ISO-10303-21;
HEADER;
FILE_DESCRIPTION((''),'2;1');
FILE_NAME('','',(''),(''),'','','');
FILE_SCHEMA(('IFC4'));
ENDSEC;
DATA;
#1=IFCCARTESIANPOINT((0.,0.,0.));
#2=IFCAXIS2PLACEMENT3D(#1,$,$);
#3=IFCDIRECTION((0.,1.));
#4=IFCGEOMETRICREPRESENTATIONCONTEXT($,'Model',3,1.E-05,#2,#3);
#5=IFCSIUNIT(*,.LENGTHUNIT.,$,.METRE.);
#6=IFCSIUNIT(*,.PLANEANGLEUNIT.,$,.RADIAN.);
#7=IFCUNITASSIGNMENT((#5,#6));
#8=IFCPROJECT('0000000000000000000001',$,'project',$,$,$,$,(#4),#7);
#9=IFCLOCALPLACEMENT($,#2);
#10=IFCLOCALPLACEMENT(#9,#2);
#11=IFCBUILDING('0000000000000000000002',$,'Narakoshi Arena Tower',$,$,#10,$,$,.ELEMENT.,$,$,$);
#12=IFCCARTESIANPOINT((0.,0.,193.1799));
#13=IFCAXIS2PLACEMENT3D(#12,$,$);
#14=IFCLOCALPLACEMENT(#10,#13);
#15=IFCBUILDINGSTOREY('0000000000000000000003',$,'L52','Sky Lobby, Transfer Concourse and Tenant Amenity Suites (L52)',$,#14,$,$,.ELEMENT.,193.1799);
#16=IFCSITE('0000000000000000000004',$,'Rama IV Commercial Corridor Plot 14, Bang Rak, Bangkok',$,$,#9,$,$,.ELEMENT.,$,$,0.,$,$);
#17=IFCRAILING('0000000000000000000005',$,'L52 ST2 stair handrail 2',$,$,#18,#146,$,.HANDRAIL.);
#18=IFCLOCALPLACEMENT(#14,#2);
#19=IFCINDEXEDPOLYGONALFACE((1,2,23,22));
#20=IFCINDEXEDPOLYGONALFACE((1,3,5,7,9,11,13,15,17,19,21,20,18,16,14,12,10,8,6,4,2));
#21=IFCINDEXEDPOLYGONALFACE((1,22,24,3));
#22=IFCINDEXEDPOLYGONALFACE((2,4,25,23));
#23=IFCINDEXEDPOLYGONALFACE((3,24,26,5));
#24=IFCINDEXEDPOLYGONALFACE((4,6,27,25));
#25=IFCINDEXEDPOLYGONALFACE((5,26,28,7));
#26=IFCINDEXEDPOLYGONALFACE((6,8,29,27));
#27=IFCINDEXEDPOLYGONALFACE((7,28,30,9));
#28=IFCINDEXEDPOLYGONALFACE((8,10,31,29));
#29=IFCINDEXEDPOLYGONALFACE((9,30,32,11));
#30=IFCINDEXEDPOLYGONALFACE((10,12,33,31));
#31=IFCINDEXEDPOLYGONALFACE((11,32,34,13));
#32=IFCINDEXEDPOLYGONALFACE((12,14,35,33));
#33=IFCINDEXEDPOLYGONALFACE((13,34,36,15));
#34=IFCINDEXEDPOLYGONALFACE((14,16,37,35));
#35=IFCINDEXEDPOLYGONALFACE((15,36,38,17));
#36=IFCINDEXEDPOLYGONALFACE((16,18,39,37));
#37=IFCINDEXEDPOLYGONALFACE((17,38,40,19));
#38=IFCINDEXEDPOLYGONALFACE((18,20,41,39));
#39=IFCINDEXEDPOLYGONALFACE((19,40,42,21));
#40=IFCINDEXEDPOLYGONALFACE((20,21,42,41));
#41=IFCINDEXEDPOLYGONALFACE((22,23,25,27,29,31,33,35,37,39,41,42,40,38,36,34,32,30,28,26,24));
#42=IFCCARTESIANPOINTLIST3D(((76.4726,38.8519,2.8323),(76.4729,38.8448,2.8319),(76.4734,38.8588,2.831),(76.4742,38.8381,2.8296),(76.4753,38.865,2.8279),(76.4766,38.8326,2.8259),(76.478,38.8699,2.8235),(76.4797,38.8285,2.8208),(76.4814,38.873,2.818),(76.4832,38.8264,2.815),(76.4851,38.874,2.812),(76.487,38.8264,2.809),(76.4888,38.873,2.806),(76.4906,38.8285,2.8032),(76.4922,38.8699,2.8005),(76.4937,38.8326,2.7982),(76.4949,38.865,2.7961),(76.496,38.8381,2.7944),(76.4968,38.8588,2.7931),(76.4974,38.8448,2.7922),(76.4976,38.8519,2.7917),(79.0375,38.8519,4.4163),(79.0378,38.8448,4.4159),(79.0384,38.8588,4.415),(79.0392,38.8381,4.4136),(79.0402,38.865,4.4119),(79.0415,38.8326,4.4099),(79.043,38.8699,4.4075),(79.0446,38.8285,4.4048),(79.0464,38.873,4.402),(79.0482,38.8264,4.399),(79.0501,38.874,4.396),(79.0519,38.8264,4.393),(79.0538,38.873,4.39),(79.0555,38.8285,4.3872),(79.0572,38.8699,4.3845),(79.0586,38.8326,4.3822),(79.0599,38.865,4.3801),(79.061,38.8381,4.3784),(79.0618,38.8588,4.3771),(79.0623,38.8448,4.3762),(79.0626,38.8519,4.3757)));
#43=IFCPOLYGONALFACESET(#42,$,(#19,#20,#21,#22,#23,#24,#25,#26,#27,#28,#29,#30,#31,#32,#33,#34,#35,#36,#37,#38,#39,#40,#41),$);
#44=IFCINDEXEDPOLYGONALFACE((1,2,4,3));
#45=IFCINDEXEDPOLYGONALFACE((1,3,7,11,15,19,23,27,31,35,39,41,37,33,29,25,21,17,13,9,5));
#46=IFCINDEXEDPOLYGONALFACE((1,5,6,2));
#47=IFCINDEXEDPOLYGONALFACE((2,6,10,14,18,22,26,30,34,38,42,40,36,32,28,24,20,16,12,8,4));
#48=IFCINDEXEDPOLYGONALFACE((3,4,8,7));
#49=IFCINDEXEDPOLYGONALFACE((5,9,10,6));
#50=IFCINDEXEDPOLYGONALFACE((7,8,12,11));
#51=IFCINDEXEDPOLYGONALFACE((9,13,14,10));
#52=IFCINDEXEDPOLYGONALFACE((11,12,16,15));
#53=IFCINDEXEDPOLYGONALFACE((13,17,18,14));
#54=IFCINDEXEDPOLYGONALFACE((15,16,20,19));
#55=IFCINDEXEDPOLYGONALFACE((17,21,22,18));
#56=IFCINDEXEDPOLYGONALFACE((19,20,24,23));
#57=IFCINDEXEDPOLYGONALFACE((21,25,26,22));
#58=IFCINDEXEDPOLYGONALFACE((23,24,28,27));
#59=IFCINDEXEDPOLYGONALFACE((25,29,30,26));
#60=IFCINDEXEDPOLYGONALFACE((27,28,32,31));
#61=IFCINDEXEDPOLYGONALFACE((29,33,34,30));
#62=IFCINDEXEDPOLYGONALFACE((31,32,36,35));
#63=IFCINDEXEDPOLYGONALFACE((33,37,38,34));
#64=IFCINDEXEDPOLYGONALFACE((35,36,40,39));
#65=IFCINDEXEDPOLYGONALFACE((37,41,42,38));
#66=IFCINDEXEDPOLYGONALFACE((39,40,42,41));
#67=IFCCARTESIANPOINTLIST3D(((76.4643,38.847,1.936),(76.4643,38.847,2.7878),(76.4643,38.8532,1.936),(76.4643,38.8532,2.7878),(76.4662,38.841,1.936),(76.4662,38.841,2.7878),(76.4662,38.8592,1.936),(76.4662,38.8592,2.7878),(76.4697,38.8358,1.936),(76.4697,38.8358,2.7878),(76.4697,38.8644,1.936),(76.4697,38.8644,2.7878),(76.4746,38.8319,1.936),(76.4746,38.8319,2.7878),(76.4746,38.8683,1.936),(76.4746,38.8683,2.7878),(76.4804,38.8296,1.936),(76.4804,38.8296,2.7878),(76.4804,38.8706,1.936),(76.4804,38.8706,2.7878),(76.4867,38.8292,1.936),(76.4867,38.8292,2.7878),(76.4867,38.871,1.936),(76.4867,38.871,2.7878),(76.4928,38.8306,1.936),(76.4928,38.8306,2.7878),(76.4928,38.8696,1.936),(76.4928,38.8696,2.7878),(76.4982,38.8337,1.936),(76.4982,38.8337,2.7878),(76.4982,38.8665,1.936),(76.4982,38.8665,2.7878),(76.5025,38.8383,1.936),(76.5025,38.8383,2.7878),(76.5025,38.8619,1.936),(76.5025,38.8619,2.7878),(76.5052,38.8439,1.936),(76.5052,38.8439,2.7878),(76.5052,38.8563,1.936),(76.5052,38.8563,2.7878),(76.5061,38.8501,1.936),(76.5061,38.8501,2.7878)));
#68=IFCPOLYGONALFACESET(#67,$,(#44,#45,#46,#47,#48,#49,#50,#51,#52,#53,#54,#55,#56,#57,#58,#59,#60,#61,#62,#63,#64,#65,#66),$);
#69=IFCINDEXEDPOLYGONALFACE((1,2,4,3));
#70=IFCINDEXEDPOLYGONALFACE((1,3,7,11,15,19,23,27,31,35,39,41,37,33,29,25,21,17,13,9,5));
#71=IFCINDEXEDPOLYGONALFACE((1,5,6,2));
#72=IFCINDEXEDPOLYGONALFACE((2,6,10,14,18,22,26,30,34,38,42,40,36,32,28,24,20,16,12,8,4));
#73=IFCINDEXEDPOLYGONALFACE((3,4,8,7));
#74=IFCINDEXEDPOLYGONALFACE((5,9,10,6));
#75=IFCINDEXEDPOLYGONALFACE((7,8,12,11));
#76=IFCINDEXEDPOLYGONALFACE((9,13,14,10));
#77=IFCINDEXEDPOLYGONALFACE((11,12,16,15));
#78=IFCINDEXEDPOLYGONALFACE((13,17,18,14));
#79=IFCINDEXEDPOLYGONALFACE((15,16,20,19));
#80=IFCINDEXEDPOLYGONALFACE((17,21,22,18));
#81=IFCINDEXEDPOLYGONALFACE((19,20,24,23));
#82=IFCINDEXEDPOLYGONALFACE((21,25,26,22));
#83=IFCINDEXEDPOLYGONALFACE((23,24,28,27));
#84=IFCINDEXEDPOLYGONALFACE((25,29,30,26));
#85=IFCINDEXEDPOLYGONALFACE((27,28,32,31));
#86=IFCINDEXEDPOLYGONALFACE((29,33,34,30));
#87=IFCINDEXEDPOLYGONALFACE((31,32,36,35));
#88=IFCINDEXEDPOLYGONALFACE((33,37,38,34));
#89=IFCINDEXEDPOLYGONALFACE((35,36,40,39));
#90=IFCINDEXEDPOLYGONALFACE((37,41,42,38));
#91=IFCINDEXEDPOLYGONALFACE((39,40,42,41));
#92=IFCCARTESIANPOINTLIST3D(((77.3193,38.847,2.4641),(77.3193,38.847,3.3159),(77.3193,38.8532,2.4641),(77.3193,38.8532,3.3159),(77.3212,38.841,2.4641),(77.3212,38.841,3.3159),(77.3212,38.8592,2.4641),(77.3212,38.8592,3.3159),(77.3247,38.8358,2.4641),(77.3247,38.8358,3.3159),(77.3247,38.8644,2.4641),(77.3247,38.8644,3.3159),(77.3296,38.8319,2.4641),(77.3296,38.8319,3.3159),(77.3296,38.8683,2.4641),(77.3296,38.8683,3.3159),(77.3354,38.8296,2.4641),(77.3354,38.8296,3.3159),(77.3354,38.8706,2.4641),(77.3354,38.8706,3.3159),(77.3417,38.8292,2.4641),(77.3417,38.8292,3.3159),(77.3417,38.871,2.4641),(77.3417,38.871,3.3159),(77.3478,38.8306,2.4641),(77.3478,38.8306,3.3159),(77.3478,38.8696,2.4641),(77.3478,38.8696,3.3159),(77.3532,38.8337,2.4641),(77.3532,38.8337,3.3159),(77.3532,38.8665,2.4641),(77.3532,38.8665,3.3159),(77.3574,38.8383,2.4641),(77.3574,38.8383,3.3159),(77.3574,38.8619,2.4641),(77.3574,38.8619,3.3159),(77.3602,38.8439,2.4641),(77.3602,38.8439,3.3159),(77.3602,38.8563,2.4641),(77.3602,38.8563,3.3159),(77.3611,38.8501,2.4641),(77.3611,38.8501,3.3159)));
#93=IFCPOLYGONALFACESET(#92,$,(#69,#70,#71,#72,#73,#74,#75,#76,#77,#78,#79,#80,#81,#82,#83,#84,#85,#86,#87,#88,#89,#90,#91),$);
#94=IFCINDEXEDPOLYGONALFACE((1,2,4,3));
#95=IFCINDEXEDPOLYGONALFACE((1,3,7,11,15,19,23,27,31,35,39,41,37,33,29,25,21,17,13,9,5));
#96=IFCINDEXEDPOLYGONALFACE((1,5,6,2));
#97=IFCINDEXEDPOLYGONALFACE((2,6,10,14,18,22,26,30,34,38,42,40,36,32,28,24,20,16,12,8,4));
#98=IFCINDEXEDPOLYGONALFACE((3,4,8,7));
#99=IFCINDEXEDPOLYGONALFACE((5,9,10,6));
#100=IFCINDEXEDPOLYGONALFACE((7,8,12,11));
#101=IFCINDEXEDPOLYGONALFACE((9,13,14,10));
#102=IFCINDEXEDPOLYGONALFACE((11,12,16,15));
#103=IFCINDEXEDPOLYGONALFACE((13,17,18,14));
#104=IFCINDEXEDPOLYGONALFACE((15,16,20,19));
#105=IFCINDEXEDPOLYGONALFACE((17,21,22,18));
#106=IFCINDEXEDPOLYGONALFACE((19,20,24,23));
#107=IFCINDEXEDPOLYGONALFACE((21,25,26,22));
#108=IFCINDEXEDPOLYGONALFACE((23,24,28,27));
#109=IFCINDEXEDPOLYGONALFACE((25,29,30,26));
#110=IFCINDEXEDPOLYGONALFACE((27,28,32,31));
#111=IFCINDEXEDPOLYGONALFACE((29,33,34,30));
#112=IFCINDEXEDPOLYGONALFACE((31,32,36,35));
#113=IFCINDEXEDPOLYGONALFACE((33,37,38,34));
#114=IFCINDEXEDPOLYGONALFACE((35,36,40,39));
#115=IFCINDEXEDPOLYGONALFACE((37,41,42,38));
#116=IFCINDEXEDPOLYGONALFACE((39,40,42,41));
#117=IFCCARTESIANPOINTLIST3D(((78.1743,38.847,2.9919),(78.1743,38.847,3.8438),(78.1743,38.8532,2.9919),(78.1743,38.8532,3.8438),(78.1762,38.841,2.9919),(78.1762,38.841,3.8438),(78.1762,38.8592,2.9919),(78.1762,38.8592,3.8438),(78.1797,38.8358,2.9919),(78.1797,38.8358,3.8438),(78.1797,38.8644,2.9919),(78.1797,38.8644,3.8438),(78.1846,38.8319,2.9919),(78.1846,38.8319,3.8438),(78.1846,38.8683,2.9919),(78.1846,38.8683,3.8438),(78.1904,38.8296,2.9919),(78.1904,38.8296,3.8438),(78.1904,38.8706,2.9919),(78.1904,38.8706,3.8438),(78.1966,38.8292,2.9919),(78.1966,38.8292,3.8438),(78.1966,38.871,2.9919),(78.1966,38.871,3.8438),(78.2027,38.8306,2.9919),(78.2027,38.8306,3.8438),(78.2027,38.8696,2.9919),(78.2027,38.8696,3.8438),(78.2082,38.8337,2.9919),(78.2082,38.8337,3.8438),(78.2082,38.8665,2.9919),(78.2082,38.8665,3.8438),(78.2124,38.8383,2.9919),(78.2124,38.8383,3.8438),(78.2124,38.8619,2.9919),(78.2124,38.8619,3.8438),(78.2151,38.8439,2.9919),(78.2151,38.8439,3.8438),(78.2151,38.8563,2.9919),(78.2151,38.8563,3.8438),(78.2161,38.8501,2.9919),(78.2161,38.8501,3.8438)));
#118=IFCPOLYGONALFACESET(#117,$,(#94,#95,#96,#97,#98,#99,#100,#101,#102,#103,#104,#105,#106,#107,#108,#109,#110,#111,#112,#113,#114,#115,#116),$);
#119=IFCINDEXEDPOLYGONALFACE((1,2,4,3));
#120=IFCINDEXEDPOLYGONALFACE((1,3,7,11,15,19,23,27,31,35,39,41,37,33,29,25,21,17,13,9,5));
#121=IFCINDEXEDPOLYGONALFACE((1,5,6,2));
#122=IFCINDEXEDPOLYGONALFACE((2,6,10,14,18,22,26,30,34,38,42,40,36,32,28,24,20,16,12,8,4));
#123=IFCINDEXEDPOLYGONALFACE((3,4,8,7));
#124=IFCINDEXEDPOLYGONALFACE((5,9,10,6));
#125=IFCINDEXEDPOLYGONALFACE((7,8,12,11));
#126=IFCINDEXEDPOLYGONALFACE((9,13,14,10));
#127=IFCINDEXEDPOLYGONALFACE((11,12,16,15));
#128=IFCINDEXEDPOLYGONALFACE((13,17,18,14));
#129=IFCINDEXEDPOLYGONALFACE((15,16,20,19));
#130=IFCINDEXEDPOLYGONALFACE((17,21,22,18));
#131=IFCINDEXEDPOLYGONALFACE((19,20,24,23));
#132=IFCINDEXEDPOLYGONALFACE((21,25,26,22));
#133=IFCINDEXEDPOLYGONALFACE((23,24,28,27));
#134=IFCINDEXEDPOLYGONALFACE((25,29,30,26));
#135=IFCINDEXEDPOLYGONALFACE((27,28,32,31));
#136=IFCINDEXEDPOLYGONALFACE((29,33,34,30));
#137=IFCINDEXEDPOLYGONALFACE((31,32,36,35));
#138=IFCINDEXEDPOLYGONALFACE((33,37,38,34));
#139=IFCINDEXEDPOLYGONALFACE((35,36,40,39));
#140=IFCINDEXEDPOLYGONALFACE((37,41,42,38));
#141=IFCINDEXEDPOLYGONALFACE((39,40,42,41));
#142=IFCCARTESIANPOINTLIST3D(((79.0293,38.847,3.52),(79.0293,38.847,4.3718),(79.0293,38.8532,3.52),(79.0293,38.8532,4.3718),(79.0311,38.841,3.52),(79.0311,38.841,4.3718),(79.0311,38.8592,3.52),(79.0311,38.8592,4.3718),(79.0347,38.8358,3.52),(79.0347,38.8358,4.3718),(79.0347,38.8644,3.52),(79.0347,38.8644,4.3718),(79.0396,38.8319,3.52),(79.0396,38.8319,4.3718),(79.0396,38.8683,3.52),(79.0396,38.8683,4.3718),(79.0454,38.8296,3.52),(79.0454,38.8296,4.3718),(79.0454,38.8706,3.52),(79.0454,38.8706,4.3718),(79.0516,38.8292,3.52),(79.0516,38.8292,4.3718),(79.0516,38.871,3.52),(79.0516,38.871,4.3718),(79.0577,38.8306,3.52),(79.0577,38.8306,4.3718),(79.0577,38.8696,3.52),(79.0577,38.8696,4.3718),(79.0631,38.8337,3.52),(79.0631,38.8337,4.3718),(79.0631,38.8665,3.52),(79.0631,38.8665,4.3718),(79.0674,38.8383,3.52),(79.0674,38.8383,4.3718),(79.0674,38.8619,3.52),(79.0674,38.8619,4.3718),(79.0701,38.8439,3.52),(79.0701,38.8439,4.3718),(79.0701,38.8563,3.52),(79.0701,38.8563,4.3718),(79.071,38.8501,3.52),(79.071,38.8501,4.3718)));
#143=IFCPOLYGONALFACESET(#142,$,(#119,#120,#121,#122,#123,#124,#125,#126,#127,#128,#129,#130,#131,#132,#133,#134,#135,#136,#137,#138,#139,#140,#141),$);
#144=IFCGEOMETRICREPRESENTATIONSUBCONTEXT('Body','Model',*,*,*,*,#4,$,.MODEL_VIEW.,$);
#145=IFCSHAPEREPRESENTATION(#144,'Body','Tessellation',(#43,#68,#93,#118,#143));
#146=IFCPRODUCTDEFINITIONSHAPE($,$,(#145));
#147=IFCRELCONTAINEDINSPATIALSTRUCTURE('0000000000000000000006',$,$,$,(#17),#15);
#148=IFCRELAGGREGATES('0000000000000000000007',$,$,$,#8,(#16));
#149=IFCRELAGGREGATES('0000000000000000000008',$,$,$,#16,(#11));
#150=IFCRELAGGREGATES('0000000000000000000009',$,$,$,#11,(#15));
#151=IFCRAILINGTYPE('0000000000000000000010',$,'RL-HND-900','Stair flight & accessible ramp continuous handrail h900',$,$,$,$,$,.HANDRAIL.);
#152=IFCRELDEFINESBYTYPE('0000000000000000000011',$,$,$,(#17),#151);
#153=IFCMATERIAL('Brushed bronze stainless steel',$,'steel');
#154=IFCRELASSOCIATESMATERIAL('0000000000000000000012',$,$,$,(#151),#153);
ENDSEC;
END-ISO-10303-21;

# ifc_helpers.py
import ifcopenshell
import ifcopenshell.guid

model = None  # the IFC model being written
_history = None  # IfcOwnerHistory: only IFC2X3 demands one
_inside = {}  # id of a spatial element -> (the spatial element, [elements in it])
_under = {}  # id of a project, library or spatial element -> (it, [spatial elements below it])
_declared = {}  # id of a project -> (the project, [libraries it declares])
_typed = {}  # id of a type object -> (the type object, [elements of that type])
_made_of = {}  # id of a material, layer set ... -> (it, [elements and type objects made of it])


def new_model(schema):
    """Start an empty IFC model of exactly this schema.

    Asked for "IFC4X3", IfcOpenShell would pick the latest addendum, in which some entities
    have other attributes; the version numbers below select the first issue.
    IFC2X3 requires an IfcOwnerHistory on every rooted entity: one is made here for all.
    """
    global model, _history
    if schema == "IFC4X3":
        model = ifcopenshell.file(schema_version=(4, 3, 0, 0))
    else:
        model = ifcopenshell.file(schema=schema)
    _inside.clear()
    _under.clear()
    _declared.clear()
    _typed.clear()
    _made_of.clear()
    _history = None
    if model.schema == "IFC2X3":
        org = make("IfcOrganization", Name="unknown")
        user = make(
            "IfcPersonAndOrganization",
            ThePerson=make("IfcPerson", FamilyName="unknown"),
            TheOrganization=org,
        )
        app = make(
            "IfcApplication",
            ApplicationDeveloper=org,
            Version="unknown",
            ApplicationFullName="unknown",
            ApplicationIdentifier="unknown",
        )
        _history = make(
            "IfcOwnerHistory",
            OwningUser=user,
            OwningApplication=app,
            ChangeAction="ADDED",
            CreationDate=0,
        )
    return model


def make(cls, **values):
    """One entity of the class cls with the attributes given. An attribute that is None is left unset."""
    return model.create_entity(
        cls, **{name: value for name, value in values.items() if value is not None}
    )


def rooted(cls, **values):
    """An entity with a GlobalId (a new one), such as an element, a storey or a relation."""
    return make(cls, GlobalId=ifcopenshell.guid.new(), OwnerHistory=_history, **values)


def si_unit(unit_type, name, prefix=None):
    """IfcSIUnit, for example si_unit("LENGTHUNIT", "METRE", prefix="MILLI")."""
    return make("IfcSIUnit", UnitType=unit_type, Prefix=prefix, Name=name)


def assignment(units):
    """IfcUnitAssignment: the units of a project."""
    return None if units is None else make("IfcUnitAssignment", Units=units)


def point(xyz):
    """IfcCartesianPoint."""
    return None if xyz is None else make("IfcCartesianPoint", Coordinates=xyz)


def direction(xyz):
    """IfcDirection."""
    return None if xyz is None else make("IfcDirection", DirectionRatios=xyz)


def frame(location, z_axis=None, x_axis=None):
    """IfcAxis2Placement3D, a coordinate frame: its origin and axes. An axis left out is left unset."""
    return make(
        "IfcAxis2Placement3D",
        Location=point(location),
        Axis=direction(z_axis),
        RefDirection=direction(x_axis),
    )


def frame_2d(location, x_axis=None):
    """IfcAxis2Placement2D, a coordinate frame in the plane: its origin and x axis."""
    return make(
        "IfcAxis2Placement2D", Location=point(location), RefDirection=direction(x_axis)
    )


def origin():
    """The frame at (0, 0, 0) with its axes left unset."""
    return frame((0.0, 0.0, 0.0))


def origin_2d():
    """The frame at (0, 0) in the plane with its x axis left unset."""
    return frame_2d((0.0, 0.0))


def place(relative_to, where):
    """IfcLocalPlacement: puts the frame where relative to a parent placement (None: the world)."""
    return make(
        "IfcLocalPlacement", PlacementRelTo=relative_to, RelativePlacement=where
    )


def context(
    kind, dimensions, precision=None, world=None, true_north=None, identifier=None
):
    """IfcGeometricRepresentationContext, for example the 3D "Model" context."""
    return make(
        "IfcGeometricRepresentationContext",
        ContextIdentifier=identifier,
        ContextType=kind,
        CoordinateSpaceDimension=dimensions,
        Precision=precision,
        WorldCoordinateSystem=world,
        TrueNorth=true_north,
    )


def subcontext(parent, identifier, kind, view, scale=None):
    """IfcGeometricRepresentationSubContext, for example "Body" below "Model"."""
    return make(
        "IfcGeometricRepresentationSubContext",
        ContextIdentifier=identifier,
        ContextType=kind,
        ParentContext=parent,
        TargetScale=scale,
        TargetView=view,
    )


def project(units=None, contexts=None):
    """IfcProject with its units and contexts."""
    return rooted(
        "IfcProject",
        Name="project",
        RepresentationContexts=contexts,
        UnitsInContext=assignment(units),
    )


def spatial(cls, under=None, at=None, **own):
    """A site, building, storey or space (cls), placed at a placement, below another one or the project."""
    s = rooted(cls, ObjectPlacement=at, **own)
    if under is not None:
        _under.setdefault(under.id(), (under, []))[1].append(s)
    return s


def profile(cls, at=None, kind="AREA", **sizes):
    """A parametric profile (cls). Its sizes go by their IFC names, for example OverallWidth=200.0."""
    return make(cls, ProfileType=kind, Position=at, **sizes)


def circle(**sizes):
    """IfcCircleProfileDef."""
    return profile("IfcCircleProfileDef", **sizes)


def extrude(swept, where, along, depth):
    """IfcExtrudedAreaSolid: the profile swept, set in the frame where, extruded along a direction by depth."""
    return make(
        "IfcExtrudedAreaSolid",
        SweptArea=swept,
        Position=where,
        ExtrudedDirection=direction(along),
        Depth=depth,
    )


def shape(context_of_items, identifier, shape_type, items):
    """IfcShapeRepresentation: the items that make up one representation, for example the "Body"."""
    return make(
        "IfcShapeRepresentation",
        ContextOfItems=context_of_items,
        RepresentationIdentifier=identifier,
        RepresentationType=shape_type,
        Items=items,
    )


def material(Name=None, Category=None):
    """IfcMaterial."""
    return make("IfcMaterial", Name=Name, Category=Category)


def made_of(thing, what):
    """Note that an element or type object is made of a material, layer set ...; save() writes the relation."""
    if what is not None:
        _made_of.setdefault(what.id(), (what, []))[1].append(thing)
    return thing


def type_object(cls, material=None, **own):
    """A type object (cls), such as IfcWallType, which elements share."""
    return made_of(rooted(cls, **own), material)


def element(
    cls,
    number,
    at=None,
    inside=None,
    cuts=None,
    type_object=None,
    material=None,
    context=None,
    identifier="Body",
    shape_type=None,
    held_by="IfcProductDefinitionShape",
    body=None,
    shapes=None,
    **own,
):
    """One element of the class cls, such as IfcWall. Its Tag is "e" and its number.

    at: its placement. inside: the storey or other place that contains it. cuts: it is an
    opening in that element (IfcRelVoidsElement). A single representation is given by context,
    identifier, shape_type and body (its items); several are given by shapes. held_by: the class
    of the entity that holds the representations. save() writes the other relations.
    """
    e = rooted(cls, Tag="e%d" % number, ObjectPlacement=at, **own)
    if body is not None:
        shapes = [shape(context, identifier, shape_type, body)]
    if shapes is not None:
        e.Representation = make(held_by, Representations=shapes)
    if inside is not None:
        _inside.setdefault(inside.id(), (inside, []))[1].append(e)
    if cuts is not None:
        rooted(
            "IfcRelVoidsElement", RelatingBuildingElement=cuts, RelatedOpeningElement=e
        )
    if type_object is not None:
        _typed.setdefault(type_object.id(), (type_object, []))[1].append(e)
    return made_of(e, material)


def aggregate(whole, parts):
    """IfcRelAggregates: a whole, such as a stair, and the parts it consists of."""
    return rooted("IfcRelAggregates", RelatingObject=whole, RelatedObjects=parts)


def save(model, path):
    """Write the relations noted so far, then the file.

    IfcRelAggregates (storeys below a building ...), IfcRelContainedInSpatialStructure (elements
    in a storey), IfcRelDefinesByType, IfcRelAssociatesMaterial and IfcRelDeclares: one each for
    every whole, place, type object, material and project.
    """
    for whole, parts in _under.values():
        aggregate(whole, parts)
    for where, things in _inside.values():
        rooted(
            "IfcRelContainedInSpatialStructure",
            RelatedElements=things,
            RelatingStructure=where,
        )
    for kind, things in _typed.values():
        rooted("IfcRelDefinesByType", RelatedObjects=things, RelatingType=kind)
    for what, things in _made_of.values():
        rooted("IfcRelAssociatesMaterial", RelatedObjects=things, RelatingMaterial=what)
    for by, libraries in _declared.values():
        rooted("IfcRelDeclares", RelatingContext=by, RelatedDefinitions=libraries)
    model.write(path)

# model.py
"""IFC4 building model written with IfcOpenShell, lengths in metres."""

from ifc_helpers import new_model, si_unit, direction, frame, origin, origin_2d, place, context, subcontext, project, spatial, circle, extrude, material, type_object, element, save


model = new_model("IFC4")

# Units and contexts
model_context = context("Model", 3, precision=1e-05, world=origin(), true_north=direction((0.0, 1.0)))
body_context = subcontext(model_context, "Body", "Model", "MODEL_VIEW")
ifc_project = project(units=[si_unit("LENGTHUNIT", "METRE"), si_unit("PLANEANGLEUNIT", "RADIAN")], contexts=[model_context])

# Site, building, storey
site_placement = place(None, origin())
site = spatial("IfcSite", under=ifc_project, at=site_placement, Name="Rama IV Commercial Corridor Plot 14, Bang Rak, Bangkok", CompositionType="ELEMENT", RefElevation=0.0)
building_placement = place(site_placement, origin())
building = spatial("IfcBuilding", under=site, at=building_placement, Name="Narakoshi Arena Tower", CompositionType="ELEMENT")
storey_placement = place(building_placement, frame((0.0, 0.0, 193.1799)))
storey = spatial("IfcBuildingStorey", under=building, at=storey_placement, Name="L52", Description="Sky Lobby, Transfer Concourse and Tenant Amenity Suites (L52)", CompositionType="ELEMENT", Elevation=193.1799)

# Railing
ifc_material_1 = material(Name="Brushed bronze stainless steel", Category="steel")
railing_type_1 = type_object("IfcRailingType", Name="RL-HND-900", Description="Stair flight & accessible ramp continuous handrail h900", PredefinedType="HANDRAIL", material=ifc_material_1)
railing_1_placement = place(storey_placement, frame((76.4851, 38.8501, 1.936)))
element("IfcRailing", 1, at=railing_1_placement, inside=storey, type_object=railing_type_1, Name="L52 ST2 stair handrail 2", PredefinedType="HANDRAIL", context=body_context, shape_type="SweptSolid", body=[
    extrude(circle(Radius=0.0239, at=origin_2d()), frame((0.0, 0.0, 0.876), z_axis=(0.850834, 0.0, 0.525434), x_axis=(0.0, 1.0, 0.0)), (0.0, 0.0, 1.0), 3.0146),
    extrude(circle(Radius=0.021, at=origin_2d()), origin(), (0.0, 0.0, 1.0), 0.8518),
    extrude(circle(Radius=0.021, at=origin_2d()), frame((0.855, 0.0, 0.5281)), (0.0, 0.0, 1.0), 0.8518),
    extrude(circle(Radius=0.021, at=origin_2d()), frame((1.71, 0.0, 1.0559)), (0.0, 0.0, 1.0), 0.8518),
    extrude(circle(Radius=0.021, at=origin_2d()), frame((2.5649, 0.0, 1.584)), (0.0, 0.0, 1.0), 0.8518),
])

save(model, "model.ifc")
